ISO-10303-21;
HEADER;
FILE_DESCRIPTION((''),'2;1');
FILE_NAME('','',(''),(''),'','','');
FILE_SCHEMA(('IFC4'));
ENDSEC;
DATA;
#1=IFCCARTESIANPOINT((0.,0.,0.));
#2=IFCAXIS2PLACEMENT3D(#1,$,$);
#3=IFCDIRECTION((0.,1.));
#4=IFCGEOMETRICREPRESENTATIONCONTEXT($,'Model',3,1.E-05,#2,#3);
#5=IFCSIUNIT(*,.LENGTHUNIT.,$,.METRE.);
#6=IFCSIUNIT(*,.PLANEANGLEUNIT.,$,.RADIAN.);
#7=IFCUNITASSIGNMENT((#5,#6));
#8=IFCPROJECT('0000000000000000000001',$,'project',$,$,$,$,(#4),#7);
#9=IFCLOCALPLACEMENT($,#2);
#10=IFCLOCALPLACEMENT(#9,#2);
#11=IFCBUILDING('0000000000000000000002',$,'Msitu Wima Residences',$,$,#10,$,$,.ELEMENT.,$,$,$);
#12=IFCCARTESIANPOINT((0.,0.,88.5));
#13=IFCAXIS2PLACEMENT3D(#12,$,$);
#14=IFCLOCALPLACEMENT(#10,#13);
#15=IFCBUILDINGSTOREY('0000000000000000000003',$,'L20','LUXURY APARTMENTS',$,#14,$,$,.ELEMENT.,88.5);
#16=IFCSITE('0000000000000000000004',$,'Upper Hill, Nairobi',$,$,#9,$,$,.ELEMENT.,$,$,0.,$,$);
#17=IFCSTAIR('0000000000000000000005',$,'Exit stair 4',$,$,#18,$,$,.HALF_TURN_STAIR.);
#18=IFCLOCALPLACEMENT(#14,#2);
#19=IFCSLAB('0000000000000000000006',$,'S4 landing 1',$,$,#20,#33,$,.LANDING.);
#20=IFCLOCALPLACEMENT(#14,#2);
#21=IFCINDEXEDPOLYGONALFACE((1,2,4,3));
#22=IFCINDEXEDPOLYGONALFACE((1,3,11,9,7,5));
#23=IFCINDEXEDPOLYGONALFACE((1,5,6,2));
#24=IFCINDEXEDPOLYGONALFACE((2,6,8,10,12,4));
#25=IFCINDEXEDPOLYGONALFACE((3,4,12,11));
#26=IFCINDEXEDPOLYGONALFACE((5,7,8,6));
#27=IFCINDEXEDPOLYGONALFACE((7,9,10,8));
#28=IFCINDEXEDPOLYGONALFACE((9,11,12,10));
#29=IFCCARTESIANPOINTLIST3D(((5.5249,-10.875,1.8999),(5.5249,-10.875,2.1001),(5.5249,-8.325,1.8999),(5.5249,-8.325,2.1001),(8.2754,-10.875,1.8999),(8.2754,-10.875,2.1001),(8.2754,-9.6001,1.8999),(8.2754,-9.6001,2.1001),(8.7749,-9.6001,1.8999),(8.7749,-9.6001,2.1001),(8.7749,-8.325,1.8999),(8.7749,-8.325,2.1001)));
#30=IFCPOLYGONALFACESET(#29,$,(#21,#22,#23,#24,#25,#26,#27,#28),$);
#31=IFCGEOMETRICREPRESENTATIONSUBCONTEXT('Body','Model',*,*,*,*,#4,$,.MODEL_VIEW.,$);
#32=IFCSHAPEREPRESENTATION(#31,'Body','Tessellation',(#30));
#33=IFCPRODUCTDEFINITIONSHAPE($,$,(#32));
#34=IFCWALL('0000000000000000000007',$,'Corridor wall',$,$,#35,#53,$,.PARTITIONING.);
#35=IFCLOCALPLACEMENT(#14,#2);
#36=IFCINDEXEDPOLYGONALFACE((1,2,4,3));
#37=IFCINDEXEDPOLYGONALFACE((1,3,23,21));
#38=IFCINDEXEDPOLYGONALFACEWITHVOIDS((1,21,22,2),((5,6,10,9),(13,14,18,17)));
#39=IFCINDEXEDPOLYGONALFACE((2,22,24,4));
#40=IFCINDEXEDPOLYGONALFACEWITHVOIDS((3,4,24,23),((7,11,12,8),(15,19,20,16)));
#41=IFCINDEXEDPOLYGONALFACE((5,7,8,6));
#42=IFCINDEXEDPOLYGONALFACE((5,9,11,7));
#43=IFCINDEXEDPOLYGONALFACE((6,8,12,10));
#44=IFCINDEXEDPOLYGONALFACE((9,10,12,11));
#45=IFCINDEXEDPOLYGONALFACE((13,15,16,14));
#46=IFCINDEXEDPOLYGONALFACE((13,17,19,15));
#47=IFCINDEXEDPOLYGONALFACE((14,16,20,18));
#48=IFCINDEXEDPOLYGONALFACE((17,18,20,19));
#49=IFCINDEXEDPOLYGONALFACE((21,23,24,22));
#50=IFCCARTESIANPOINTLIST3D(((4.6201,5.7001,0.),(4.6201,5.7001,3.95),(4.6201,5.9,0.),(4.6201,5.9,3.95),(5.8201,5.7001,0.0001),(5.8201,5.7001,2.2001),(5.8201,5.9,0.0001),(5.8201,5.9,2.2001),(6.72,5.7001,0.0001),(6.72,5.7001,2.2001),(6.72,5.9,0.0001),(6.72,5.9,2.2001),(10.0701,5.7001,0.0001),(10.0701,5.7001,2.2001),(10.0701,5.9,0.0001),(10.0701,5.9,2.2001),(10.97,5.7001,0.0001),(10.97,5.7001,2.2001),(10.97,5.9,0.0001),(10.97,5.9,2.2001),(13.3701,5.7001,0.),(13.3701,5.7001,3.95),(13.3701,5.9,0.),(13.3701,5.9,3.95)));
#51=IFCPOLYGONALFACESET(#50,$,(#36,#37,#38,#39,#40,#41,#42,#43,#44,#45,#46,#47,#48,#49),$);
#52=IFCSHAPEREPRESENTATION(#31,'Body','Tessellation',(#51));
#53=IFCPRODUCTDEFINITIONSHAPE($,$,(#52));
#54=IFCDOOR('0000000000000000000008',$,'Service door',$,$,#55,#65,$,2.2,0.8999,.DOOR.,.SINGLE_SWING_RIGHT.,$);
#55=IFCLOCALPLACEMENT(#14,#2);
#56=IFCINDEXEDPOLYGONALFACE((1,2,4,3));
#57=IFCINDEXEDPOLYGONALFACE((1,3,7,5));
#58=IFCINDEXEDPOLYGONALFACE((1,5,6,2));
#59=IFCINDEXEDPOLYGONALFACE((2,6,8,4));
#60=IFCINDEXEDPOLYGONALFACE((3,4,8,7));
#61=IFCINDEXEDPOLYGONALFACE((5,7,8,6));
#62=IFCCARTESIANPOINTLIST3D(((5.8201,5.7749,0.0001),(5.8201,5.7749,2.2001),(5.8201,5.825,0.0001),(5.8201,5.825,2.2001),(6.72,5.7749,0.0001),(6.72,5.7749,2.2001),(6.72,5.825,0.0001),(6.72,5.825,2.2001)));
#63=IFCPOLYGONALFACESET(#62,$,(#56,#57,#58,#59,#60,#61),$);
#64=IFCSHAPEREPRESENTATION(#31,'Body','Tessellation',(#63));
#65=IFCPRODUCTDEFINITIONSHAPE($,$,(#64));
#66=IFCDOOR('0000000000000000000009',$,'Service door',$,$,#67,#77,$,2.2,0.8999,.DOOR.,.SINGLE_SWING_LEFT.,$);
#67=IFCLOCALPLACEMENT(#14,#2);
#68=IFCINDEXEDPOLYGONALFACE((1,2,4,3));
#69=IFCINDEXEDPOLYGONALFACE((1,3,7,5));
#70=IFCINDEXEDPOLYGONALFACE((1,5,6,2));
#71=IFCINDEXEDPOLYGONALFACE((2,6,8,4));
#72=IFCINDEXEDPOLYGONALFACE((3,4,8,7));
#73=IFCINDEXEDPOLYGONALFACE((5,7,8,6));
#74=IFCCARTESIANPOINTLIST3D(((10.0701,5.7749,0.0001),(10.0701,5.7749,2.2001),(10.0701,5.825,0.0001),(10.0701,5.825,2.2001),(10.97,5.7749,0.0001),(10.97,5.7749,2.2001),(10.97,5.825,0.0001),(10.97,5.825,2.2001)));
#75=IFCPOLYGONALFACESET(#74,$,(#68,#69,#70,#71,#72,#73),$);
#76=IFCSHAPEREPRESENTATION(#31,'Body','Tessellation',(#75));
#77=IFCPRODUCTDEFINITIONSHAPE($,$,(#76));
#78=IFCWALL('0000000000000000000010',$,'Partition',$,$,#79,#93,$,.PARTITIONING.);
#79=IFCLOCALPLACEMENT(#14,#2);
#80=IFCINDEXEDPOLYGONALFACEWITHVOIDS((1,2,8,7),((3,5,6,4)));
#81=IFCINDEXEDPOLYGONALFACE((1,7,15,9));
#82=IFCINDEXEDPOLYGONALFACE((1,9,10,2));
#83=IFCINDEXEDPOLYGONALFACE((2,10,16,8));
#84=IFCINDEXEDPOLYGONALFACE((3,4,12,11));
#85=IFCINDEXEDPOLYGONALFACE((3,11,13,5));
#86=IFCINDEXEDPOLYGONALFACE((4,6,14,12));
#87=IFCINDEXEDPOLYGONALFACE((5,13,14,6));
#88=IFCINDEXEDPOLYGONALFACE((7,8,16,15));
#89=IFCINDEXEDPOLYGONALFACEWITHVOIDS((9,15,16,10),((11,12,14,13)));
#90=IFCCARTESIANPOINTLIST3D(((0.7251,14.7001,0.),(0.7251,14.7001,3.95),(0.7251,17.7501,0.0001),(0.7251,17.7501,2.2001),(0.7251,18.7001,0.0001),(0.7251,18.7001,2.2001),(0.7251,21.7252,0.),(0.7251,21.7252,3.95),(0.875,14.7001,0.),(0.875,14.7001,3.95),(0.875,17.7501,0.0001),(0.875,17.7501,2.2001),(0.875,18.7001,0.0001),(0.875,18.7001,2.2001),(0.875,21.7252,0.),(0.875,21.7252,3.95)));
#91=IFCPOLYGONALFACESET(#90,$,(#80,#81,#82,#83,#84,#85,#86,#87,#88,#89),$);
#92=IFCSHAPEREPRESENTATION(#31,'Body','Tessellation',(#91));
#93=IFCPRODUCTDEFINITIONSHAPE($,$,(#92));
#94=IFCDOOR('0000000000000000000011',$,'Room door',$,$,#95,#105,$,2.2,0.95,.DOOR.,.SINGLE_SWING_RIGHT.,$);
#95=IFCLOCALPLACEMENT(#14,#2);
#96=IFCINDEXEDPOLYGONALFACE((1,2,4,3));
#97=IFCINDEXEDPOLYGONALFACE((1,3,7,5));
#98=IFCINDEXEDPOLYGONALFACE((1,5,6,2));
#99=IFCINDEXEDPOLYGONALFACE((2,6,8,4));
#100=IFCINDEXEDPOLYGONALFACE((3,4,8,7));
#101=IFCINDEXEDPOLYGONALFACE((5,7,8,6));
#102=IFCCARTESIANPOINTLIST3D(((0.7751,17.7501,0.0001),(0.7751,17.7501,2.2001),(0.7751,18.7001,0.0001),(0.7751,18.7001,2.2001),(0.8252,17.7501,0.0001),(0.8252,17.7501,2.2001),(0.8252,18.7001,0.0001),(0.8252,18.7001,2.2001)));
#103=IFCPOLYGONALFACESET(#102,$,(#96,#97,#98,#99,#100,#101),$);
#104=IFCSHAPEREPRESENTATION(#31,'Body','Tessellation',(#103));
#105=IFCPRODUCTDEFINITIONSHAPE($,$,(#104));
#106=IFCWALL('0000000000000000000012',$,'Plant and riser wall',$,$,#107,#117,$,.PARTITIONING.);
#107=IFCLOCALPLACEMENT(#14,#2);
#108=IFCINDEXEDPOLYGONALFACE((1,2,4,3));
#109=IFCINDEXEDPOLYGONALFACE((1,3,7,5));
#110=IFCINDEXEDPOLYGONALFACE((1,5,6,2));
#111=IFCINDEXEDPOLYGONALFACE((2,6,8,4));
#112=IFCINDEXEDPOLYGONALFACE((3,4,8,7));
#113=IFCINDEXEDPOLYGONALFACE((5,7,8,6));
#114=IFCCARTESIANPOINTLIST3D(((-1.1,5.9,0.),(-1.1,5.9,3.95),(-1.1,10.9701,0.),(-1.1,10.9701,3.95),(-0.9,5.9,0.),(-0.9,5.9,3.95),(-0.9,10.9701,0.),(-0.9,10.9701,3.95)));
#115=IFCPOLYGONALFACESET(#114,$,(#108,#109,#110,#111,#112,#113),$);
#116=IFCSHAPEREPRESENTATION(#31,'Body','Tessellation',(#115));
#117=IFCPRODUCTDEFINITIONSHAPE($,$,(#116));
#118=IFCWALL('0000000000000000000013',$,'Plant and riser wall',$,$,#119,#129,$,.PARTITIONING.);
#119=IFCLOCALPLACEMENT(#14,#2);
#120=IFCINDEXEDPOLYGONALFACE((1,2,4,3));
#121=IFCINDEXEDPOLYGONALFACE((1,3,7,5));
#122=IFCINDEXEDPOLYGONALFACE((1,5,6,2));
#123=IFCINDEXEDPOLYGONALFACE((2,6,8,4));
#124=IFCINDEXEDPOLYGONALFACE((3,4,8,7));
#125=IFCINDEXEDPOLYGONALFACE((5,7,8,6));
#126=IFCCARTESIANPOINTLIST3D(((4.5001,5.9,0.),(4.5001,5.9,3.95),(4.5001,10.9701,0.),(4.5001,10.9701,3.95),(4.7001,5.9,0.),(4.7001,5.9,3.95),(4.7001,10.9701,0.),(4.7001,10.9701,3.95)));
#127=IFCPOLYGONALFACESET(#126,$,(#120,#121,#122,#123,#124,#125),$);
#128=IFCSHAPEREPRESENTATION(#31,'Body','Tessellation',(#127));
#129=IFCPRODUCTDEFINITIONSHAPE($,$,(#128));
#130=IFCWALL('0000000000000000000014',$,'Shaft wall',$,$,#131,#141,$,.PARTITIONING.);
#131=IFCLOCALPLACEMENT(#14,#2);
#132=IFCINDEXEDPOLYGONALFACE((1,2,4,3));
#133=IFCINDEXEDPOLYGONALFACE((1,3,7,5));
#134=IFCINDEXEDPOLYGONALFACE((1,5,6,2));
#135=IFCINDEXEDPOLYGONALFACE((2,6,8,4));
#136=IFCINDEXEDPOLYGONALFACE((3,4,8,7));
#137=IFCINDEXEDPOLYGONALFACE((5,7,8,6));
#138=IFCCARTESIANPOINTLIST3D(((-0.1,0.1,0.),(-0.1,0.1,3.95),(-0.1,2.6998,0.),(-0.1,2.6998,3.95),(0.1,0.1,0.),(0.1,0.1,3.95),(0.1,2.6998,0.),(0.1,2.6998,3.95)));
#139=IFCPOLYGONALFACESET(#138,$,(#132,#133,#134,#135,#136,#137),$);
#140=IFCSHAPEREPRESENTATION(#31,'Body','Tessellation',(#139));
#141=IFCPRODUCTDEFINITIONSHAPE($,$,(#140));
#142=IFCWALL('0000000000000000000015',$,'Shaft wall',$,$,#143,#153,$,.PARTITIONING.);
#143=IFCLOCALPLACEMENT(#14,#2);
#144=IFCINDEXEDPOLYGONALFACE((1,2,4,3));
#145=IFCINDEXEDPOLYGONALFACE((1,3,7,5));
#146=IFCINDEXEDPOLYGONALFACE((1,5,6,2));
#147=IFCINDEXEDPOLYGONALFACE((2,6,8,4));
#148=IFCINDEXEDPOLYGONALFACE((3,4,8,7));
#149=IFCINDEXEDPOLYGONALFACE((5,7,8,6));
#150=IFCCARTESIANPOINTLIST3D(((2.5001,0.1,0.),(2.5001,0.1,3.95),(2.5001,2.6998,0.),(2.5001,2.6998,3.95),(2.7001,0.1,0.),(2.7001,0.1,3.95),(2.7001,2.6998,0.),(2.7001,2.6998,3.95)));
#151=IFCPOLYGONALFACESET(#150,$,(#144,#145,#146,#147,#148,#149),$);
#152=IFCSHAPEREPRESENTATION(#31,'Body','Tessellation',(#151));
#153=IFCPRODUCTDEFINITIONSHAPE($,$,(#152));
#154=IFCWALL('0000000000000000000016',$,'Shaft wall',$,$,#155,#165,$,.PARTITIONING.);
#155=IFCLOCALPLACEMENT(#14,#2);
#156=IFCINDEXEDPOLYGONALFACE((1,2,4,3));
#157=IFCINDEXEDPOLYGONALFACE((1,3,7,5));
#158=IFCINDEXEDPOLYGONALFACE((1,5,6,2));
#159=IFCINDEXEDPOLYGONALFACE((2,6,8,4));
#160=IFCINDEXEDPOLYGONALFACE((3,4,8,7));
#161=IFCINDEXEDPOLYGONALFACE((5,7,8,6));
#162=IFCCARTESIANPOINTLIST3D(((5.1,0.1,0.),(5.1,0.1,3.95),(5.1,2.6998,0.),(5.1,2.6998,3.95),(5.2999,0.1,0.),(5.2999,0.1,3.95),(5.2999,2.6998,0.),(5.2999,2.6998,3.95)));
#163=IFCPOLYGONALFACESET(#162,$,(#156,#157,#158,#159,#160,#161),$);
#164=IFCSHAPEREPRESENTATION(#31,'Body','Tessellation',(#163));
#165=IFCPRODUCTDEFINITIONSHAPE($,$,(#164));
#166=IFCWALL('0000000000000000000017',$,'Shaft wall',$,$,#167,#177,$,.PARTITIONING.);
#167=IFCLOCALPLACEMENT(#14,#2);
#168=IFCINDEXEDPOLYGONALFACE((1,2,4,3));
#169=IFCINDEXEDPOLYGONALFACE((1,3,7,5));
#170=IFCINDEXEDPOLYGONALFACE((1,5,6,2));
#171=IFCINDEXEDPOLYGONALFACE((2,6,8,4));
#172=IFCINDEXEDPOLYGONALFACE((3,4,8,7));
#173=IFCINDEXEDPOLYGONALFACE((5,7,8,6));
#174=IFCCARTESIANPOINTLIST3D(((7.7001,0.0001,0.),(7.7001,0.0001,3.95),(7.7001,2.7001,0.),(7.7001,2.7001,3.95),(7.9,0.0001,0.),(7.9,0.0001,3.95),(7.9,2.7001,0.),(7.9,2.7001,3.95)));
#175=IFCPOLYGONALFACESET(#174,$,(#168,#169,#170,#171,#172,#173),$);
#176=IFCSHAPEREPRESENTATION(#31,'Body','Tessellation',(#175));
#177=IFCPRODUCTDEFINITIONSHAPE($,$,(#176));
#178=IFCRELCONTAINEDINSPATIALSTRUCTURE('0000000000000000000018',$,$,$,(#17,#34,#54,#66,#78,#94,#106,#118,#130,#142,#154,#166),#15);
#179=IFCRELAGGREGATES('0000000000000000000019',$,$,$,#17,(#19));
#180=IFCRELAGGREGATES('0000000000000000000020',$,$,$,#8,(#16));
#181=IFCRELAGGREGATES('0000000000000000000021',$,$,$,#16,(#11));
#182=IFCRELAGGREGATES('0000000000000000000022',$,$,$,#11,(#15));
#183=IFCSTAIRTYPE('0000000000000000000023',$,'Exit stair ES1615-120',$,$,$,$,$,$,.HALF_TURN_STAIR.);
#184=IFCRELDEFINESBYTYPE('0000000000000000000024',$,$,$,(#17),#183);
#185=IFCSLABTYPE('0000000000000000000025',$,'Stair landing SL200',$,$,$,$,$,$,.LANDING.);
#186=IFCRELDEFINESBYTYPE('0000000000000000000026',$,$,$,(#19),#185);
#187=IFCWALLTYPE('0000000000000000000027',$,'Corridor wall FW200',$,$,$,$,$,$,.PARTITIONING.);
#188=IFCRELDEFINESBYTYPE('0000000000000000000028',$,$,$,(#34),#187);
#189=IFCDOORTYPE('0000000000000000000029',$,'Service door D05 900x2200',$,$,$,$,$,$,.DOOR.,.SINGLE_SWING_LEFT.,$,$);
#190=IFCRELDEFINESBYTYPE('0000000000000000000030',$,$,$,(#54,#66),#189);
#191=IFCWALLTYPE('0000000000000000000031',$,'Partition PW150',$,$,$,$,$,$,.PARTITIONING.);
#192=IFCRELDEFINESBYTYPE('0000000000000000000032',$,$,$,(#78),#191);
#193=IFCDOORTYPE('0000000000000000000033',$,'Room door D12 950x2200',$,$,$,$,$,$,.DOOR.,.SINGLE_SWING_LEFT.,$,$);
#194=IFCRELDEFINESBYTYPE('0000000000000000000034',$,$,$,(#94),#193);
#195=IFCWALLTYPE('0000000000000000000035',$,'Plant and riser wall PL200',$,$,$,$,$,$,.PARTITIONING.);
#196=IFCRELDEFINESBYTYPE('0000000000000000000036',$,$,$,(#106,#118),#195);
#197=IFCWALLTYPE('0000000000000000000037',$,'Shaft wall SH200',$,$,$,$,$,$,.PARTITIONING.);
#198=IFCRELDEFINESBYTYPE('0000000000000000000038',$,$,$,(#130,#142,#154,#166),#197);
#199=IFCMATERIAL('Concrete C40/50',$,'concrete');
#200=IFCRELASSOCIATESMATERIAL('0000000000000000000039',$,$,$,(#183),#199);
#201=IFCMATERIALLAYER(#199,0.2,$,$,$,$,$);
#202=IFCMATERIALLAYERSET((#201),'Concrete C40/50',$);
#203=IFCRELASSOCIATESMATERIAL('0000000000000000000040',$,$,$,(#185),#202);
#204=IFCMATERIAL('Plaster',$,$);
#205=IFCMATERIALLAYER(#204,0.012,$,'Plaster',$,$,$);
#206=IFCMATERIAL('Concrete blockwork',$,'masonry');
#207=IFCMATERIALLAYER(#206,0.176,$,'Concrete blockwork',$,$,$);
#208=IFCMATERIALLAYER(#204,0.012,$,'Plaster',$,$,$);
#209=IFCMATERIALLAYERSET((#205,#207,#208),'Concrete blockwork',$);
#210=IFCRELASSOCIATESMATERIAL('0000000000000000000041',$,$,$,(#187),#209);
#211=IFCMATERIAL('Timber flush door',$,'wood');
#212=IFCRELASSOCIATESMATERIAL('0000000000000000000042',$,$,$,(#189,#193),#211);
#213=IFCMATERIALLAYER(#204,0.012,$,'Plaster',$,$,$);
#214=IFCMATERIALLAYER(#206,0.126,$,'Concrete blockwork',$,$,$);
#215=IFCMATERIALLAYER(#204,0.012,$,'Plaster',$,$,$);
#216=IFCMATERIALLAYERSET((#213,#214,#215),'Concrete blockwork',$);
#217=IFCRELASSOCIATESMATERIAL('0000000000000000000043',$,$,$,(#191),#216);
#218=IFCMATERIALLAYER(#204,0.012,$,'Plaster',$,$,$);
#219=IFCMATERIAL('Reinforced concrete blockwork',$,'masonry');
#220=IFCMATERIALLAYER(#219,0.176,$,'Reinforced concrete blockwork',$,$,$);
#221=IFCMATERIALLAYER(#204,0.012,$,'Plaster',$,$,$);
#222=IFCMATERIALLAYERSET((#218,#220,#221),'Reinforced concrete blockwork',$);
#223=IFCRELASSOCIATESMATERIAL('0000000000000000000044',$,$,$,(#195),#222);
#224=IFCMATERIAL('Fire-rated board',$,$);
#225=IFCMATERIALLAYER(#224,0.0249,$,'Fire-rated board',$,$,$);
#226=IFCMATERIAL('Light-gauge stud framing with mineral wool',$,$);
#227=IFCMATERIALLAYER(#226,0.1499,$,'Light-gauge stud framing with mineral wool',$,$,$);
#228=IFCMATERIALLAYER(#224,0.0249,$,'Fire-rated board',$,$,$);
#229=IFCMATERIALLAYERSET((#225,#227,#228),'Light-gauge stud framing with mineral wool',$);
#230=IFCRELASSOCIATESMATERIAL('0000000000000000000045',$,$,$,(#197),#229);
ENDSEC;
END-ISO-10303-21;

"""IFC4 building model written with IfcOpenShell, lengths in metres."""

from ifc_helpers import new_model, si_unit, direction, frame, frame_2d, origin, place, context, subcontext, project, spatial, polyline, rectangle, outline, extrude, material, layer, layer_set, type_object, element, fill, aggregate, save


model = new_model("IFC4")

# Units and contexts
model_context = context("Model", 3, precision=1e-05, world=origin(), true_north=direction((0.0, 1.0)))
body_context = subcontext(model_context, "Body", "Model", "MODEL_VIEW")
ifc_project = project(units=[si_unit("LENGTHUNIT", "METRE"), si_unit("PLANEANGLEUNIT", "RADIAN")], contexts=[model_context])

# Site, building, storey
site_placement = place(None, origin())
site = spatial("IfcSite", under=ifc_project, at=site_placement, Name="Upper Hill, Nairobi", CompositionType="ELEMENT", RefElevation=0.0)
building_placement = place(site_placement, origin())
building = spatial("IfcBuilding", under=site, at=building_placement, Name="Msitu Wima Residences", CompositionType="ELEMENT")
storey_placement = place(building_placement, frame((0.0, 0.0, 88.5)))
storey = spatial("IfcBuildingStorey", under=building, at=storey_placement, Name="L20", Description="LUXURY APARTMENTS", CompositionType="ELEMENT", Elevation=88.5)

# Shared definitions
ifc_material_1 = material(Name="Concrete C40/50", Category="concrete")

# Stair, slab
stair_type = type_object("IfcStairType", Name="Exit stair ES1615-120", PredefinedType="HALF_TURN_STAIR", material=ifc_material_1)
ifc_layer_1 = layer(ifc_material_1, 0.2)
ifc_layer_set_1 = layer_set([ifc_layer_1], Name="Concrete C40/50")
slab_type_1 = type_object("IfcSlabType", Name="Stair landing SL200", PredefinedType="LANDING", material=ifc_layer_set_1)
stair_1_placement = place(storey_placement, origin())
stair_1 = element("IfcStair", 1, at=stair_1_placement, inside=storey, type_object=stair_type, Name="Exit stair 4", PredefinedType="HALF_TURN_STAIR")
slab_1_placement = place(storey_placement, frame((0.0, 0.0, 1.8999)))
slab_1 = element("IfcSlab", 2, at=slab_1_placement, type_object=slab_type_1, Name="S4 landing 1", PredefinedType="LANDING", context=body_context, shape_type="SweptSolid", body=[
    extrude(outline(polyline([(5.5249, -10.875), (8.2754, -10.875), (8.2754, -9.6001), (8.7749, -9.6001), (8.7749, -8.325), (5.5249, -8.325), (5.5249, -10.875)])), origin(), (0.0, 0.0, 1.0), 0.2002),
])
aggregate(stair_1, [slab_1])

# Wall, openings, doors
ifc_material_2 = material(Name="Plaster")
ifc_layer_2 = layer(ifc_material_2, 0.012, Name="Plaster")
ifc_material_3 = material(Name="Concrete blockwork", Category="masonry")
ifc_layer_3 = layer(ifc_material_3, 0.176, Name="Concrete blockwork")
ifc_layer_4 = layer(ifc_material_2, 0.012, Name="Plaster")
ifc_layer_set_2 = layer_set([ifc_layer_2, ifc_layer_3, ifc_layer_4], Name="Concrete blockwork")
wall_type_1 = type_object("IfcWallType", Name="Corridor wall FW200", PredefinedType="PARTITIONING", material=ifc_layer_set_2)
wall_1_placement = place(storey_placement, frame((4.6201, 5.8, 0.0), z_axis=(0.0, 0.0, 1.0), x_axis=(1.0, 0.0, 0.0)))
wall_1 = element("IfcWall", 3, at=wall_1_placement, inside=storey, type_object=wall_type_1, Name="Corridor wall", PredefinedType="PARTITIONING", context=body_context, shape_type="SweptSolid", body=[
    extrude(rectangle(XDim=8.75, YDim=0.2, at=frame_2d((4.375, 0.0))), origin(), (0.0, 0.0, 1.0), 3.95),
])
opening_1_placement = place(wall_1_placement, frame((1.2, 0.0, 0.0)))
opening_1 = element("IfcOpeningElement", 4, at=opening_1_placement, cuts=wall_1, PredefinedType="OPENING", context=body_context, shape_type="SweptSolid", body=[
    extrude(rectangle(XDim=0.8999, YDim=2.2, at=frame_2d((0.45, 1.1001))), frame((0.0, 0.1099, 0.0), z_axis=(0.0, -1.0, 0.0), x_axis=(1.0, 0.0, 0.0)), (0.0, 0.0, 1.0), 0.22),
])
opening_2_placement = place(wall_1_placement, frame((5.45, 0.0, 0.0)))
opening_2 = element("IfcOpeningElement", 5, at=opening_2_placement, cuts=wall_1, PredefinedType="OPENING", context=body_context, shape_type="SweptSolid", body=[
    extrude(rectangle(XDim=0.8999, YDim=2.2, at=frame_2d((0.45, 1.1001))), frame((0.0, 0.1099, 0.0), z_axis=(0.0, -1.0, 0.0), x_axis=(1.0, 0.0, 0.0)), (0.0, 0.0, 1.0), 0.22),
])
ifc_material_4 = material(Name="Timber flush door", Category="wood")
door_type_1 = type_object("IfcDoorType", Name="Service door D05 900x2200", OperationType="SINGLE_SWING_LEFT", PredefinedType="DOOR", material=ifc_material_4)
door_1_placement = place(opening_1_placement, origin())
door_1 = element("IfcDoor", 6, at=door_1_placement, inside=storey, type_object=door_type_1, Name="Service door", OperationType="SINGLE_SWING_RIGHT", OverallHeight=2.2, OverallWidth=0.8999, PredefinedType="DOOR", context=body_context, shape_type="SweptSolid", body=[
    extrude(rectangle(XDim=0.8999, YDim=2.2, at=frame_2d((0.45, 1.1001))), frame((0.0, 0.0249, 0.0), z_axis=(0.0, -1.0, 0.0), x_axis=(1.0, 0.0, 0.0)), (0.0, 0.0, 1.0), 0.05),
])
fill(opening_1, door_1)
door_2_placement = place(opening_2_placement, origin())
door_2 = element("IfcDoor", 7, at=door_2_placement, inside=storey, type_object=door_type_1, Name="Service door", OperationType="SINGLE_SWING_LEFT", OverallHeight=2.2, OverallWidth=0.8999, PredefinedType="DOOR", context=body_context, shape_type="SweptSolid", body=[
    extrude(rectangle(XDim=0.8999, YDim=2.2, at=frame_2d((0.45, 1.1001))), frame((0.0, 0.0249, 0.0), z_axis=(0.0, -1.0, 0.0), x_axis=(1.0, 0.0, 0.0)), (0.0, 0.0, 1.0), 0.05),
])
fill(opening_2, door_2)

# Wall, opening, door
ifc_layer_5 = layer(ifc_material_2, 0.012, Name="Plaster")
ifc_layer_6 = layer(ifc_material_3, 0.126, Name="Concrete blockwork")
ifc_layer_7 = layer(ifc_material_2, 0.012, Name="Plaster")
ifc_layer_set_3 = layer_set([ifc_layer_5, ifc_layer_6, ifc_layer_7], Name="Concrete blockwork")
wall_type_2 = type_object("IfcWallType", Name="Partition PW150", PredefinedType="PARTITIONING", material=ifc_layer_set_3)
wall_2_placement = place(storey_placement, frame((0.8, 14.7, 0.0), z_axis=(0.0, 0.0, 1.0), x_axis=(0.0, 1.0, 0.0)))
wall_2 = element("IfcWall", 8, at=wall_2_placement, inside=storey, type_object=wall_type_2, Name="Partition", PredefinedType="PARTITIONING", context=body_context, shape_type="SweptSolid", body=[
    extrude(rectangle(XDim=7.0251, YDim=0.1499, at=frame_2d((3.5127, 0.0))), origin(), (0.0, 0.0, 1.0), 3.95),
])
opening_3_placement = place(wall_2_placement, frame((3.05, 0.0, 0.0)))
opening_3 = element("IfcOpeningElement", 9, at=opening_3_placement, cuts=wall_2, PredefinedType="OPENING", context=body_context, shape_type="SweptSolid", body=[
    extrude(rectangle(XDim=0.95, YDim=2.2, at=frame_2d((0.4751, 1.1001))), frame((0.0, 0.085, 0.0), z_axis=(0.0, -1.0, 0.0), x_axis=(1.0, 0.0, 0.0)), (0.0, 0.0, 1.0), 0.1699),
])
door_type_2 = type_object("IfcDoorType", Name="Room door D12 950x2200", OperationType="SINGLE_SWING_LEFT", PredefinedType="DOOR", material=ifc_material_4)
door_3_placement = place(opening_3_placement, origin())
door_3 = element("IfcDoor", 10, at=door_3_placement, inside=storey, type_object=door_type_2, Name="Room door", OperationType="SINGLE_SWING_RIGHT", OverallHeight=2.2, OverallWidth=0.95, PredefinedType="DOOR", context=body_context, shape_type="SweptSolid", body=[
    extrude(rectangle(XDim=0.95, YDim=2.2, at=frame_2d((0.4751, 1.1001))), frame((0.0, 0.0249, 0.0), z_axis=(0.0, -1.0, 0.0), x_axis=(1.0, 0.0, 0.0)), (0.0, 0.0, 1.0), 0.05),
])
fill(opening_3, door_3)

# Walls
ifc_layer_8 = layer(ifc_material_2, 0.012, Name="Plaster")
ifc_material_5 = material(Name="Reinforced concrete blockwork", Category="masonry")
ifc_layer_9 = layer(ifc_material_5, 0.176, Name="Reinforced concrete blockwork")
ifc_layer_10 = layer(ifc_material_2, 0.012, Name="Plaster")
ifc_layer_set_4 = layer_set([ifc_layer_8, ifc_layer_9, ifc_layer_10], Name="Reinforced concrete blockwork")
wall_type_3 = type_object("IfcWallType", Name="Plant and riser wall PL200", PredefinedType="PARTITIONING", material=ifc_layer_set_4)
for number, where, z_axis, x_axis, name in (
    (11, (-1.0, 5.8999, 0.0), (0.0, 0.0, 1.0), (0.0, 1.0, 0.0), "Plant and riser wall"),
    (12, (4.6001, 5.8999, 0.0), (0.0, 0.0, 1.0), (0.0, 1.0, 0.0), "Plant and riser wall"),
):
    element("IfcWall", number, at=place(storey_placement, frame(where, z_axis=z_axis, x_axis=x_axis)), inside=storey, type_object=wall_type_3, Name=name, PredefinedType="PARTITIONING", context=body_context, shape_type="SweptSolid", body=[
        extrude(rectangle(XDim=5.0701, YDim=0.2, at=frame_2d((2.5352, 0.0))), origin(), (0.0, 0.0, 1.0), 3.95),
    ])
ifc_material_6 = material(Name="Fire-rated board")
ifc_layer_11 = layer(ifc_material_6, 0.0249, Name="Fire-rated board")
ifc_material_7 = material(Name="Light-gauge stud framing with mineral wool")
ifc_layer_12 = layer(ifc_material_7, 0.1499, Name="Light-gauge stud framing with mineral wool")
ifc_layer_13 = layer(ifc_material_6, 0.0249, Name="Fire-rated board")
ifc_layer_set_5 = layer_set([ifc_layer_11, ifc_layer_12, ifc_layer_13], Name="Light-gauge stud framing with mineral wool")
wall_type_4 = type_object("IfcWallType", Name="Shaft wall SH200", PredefinedType="PARTITIONING", material=ifc_layer_set_5)
for number, where, z_axis, x_axis, name in (
    (13, (0.0, 0.1001, 0.0), (0.0, 0.0, 1.0), (0.0, 1.0, 0.0), "Shaft wall"),
    (14, (2.6001, 0.1001, 0.0), (0.0, 0.0, 1.0), (0.0, 1.0, 0.0), "Shaft wall"),
    (15, (5.2, 0.1001, 0.0), (0.0, 0.0, 1.0), (0.0, 1.0, 0.0), "Shaft wall"),
):
    element("IfcWall", number, at=place(storey_placement, frame(where, z_axis=z_axis, x_axis=x_axis)), inside=storey, type_object=wall_type_4, Name=name, PredefinedType="PARTITIONING", context=body_context, shape_type="SweptSolid", body=[
        extrude(rectangle(XDim=2.5999, YDim=0.2, at=frame_2d((1.2998, 0.0))), origin(), (0.0, 0.0, 1.0), 3.95),
    ])
wall_3_placement = place(storey_placement, frame((7.8, 0.0, 0.0), z_axis=(0.0, 0.0, 1.0), x_axis=(0.0, 1.0, 0.0)))
element("IfcWall", 16, at=wall_3_placement, inside=storey, type_object=wall_type_4, Name="Shaft wall", PredefinedType="PARTITIONING", context=body_context, shape_type="SweptSolid", body=[
    extrude(rectangle(XDim=2.7, YDim=0.2, at=frame_2d((1.3501, 0.0))), origin(), (0.0, 0.0, 1.0), 3.95),
])

save(model, "model.ifc")
